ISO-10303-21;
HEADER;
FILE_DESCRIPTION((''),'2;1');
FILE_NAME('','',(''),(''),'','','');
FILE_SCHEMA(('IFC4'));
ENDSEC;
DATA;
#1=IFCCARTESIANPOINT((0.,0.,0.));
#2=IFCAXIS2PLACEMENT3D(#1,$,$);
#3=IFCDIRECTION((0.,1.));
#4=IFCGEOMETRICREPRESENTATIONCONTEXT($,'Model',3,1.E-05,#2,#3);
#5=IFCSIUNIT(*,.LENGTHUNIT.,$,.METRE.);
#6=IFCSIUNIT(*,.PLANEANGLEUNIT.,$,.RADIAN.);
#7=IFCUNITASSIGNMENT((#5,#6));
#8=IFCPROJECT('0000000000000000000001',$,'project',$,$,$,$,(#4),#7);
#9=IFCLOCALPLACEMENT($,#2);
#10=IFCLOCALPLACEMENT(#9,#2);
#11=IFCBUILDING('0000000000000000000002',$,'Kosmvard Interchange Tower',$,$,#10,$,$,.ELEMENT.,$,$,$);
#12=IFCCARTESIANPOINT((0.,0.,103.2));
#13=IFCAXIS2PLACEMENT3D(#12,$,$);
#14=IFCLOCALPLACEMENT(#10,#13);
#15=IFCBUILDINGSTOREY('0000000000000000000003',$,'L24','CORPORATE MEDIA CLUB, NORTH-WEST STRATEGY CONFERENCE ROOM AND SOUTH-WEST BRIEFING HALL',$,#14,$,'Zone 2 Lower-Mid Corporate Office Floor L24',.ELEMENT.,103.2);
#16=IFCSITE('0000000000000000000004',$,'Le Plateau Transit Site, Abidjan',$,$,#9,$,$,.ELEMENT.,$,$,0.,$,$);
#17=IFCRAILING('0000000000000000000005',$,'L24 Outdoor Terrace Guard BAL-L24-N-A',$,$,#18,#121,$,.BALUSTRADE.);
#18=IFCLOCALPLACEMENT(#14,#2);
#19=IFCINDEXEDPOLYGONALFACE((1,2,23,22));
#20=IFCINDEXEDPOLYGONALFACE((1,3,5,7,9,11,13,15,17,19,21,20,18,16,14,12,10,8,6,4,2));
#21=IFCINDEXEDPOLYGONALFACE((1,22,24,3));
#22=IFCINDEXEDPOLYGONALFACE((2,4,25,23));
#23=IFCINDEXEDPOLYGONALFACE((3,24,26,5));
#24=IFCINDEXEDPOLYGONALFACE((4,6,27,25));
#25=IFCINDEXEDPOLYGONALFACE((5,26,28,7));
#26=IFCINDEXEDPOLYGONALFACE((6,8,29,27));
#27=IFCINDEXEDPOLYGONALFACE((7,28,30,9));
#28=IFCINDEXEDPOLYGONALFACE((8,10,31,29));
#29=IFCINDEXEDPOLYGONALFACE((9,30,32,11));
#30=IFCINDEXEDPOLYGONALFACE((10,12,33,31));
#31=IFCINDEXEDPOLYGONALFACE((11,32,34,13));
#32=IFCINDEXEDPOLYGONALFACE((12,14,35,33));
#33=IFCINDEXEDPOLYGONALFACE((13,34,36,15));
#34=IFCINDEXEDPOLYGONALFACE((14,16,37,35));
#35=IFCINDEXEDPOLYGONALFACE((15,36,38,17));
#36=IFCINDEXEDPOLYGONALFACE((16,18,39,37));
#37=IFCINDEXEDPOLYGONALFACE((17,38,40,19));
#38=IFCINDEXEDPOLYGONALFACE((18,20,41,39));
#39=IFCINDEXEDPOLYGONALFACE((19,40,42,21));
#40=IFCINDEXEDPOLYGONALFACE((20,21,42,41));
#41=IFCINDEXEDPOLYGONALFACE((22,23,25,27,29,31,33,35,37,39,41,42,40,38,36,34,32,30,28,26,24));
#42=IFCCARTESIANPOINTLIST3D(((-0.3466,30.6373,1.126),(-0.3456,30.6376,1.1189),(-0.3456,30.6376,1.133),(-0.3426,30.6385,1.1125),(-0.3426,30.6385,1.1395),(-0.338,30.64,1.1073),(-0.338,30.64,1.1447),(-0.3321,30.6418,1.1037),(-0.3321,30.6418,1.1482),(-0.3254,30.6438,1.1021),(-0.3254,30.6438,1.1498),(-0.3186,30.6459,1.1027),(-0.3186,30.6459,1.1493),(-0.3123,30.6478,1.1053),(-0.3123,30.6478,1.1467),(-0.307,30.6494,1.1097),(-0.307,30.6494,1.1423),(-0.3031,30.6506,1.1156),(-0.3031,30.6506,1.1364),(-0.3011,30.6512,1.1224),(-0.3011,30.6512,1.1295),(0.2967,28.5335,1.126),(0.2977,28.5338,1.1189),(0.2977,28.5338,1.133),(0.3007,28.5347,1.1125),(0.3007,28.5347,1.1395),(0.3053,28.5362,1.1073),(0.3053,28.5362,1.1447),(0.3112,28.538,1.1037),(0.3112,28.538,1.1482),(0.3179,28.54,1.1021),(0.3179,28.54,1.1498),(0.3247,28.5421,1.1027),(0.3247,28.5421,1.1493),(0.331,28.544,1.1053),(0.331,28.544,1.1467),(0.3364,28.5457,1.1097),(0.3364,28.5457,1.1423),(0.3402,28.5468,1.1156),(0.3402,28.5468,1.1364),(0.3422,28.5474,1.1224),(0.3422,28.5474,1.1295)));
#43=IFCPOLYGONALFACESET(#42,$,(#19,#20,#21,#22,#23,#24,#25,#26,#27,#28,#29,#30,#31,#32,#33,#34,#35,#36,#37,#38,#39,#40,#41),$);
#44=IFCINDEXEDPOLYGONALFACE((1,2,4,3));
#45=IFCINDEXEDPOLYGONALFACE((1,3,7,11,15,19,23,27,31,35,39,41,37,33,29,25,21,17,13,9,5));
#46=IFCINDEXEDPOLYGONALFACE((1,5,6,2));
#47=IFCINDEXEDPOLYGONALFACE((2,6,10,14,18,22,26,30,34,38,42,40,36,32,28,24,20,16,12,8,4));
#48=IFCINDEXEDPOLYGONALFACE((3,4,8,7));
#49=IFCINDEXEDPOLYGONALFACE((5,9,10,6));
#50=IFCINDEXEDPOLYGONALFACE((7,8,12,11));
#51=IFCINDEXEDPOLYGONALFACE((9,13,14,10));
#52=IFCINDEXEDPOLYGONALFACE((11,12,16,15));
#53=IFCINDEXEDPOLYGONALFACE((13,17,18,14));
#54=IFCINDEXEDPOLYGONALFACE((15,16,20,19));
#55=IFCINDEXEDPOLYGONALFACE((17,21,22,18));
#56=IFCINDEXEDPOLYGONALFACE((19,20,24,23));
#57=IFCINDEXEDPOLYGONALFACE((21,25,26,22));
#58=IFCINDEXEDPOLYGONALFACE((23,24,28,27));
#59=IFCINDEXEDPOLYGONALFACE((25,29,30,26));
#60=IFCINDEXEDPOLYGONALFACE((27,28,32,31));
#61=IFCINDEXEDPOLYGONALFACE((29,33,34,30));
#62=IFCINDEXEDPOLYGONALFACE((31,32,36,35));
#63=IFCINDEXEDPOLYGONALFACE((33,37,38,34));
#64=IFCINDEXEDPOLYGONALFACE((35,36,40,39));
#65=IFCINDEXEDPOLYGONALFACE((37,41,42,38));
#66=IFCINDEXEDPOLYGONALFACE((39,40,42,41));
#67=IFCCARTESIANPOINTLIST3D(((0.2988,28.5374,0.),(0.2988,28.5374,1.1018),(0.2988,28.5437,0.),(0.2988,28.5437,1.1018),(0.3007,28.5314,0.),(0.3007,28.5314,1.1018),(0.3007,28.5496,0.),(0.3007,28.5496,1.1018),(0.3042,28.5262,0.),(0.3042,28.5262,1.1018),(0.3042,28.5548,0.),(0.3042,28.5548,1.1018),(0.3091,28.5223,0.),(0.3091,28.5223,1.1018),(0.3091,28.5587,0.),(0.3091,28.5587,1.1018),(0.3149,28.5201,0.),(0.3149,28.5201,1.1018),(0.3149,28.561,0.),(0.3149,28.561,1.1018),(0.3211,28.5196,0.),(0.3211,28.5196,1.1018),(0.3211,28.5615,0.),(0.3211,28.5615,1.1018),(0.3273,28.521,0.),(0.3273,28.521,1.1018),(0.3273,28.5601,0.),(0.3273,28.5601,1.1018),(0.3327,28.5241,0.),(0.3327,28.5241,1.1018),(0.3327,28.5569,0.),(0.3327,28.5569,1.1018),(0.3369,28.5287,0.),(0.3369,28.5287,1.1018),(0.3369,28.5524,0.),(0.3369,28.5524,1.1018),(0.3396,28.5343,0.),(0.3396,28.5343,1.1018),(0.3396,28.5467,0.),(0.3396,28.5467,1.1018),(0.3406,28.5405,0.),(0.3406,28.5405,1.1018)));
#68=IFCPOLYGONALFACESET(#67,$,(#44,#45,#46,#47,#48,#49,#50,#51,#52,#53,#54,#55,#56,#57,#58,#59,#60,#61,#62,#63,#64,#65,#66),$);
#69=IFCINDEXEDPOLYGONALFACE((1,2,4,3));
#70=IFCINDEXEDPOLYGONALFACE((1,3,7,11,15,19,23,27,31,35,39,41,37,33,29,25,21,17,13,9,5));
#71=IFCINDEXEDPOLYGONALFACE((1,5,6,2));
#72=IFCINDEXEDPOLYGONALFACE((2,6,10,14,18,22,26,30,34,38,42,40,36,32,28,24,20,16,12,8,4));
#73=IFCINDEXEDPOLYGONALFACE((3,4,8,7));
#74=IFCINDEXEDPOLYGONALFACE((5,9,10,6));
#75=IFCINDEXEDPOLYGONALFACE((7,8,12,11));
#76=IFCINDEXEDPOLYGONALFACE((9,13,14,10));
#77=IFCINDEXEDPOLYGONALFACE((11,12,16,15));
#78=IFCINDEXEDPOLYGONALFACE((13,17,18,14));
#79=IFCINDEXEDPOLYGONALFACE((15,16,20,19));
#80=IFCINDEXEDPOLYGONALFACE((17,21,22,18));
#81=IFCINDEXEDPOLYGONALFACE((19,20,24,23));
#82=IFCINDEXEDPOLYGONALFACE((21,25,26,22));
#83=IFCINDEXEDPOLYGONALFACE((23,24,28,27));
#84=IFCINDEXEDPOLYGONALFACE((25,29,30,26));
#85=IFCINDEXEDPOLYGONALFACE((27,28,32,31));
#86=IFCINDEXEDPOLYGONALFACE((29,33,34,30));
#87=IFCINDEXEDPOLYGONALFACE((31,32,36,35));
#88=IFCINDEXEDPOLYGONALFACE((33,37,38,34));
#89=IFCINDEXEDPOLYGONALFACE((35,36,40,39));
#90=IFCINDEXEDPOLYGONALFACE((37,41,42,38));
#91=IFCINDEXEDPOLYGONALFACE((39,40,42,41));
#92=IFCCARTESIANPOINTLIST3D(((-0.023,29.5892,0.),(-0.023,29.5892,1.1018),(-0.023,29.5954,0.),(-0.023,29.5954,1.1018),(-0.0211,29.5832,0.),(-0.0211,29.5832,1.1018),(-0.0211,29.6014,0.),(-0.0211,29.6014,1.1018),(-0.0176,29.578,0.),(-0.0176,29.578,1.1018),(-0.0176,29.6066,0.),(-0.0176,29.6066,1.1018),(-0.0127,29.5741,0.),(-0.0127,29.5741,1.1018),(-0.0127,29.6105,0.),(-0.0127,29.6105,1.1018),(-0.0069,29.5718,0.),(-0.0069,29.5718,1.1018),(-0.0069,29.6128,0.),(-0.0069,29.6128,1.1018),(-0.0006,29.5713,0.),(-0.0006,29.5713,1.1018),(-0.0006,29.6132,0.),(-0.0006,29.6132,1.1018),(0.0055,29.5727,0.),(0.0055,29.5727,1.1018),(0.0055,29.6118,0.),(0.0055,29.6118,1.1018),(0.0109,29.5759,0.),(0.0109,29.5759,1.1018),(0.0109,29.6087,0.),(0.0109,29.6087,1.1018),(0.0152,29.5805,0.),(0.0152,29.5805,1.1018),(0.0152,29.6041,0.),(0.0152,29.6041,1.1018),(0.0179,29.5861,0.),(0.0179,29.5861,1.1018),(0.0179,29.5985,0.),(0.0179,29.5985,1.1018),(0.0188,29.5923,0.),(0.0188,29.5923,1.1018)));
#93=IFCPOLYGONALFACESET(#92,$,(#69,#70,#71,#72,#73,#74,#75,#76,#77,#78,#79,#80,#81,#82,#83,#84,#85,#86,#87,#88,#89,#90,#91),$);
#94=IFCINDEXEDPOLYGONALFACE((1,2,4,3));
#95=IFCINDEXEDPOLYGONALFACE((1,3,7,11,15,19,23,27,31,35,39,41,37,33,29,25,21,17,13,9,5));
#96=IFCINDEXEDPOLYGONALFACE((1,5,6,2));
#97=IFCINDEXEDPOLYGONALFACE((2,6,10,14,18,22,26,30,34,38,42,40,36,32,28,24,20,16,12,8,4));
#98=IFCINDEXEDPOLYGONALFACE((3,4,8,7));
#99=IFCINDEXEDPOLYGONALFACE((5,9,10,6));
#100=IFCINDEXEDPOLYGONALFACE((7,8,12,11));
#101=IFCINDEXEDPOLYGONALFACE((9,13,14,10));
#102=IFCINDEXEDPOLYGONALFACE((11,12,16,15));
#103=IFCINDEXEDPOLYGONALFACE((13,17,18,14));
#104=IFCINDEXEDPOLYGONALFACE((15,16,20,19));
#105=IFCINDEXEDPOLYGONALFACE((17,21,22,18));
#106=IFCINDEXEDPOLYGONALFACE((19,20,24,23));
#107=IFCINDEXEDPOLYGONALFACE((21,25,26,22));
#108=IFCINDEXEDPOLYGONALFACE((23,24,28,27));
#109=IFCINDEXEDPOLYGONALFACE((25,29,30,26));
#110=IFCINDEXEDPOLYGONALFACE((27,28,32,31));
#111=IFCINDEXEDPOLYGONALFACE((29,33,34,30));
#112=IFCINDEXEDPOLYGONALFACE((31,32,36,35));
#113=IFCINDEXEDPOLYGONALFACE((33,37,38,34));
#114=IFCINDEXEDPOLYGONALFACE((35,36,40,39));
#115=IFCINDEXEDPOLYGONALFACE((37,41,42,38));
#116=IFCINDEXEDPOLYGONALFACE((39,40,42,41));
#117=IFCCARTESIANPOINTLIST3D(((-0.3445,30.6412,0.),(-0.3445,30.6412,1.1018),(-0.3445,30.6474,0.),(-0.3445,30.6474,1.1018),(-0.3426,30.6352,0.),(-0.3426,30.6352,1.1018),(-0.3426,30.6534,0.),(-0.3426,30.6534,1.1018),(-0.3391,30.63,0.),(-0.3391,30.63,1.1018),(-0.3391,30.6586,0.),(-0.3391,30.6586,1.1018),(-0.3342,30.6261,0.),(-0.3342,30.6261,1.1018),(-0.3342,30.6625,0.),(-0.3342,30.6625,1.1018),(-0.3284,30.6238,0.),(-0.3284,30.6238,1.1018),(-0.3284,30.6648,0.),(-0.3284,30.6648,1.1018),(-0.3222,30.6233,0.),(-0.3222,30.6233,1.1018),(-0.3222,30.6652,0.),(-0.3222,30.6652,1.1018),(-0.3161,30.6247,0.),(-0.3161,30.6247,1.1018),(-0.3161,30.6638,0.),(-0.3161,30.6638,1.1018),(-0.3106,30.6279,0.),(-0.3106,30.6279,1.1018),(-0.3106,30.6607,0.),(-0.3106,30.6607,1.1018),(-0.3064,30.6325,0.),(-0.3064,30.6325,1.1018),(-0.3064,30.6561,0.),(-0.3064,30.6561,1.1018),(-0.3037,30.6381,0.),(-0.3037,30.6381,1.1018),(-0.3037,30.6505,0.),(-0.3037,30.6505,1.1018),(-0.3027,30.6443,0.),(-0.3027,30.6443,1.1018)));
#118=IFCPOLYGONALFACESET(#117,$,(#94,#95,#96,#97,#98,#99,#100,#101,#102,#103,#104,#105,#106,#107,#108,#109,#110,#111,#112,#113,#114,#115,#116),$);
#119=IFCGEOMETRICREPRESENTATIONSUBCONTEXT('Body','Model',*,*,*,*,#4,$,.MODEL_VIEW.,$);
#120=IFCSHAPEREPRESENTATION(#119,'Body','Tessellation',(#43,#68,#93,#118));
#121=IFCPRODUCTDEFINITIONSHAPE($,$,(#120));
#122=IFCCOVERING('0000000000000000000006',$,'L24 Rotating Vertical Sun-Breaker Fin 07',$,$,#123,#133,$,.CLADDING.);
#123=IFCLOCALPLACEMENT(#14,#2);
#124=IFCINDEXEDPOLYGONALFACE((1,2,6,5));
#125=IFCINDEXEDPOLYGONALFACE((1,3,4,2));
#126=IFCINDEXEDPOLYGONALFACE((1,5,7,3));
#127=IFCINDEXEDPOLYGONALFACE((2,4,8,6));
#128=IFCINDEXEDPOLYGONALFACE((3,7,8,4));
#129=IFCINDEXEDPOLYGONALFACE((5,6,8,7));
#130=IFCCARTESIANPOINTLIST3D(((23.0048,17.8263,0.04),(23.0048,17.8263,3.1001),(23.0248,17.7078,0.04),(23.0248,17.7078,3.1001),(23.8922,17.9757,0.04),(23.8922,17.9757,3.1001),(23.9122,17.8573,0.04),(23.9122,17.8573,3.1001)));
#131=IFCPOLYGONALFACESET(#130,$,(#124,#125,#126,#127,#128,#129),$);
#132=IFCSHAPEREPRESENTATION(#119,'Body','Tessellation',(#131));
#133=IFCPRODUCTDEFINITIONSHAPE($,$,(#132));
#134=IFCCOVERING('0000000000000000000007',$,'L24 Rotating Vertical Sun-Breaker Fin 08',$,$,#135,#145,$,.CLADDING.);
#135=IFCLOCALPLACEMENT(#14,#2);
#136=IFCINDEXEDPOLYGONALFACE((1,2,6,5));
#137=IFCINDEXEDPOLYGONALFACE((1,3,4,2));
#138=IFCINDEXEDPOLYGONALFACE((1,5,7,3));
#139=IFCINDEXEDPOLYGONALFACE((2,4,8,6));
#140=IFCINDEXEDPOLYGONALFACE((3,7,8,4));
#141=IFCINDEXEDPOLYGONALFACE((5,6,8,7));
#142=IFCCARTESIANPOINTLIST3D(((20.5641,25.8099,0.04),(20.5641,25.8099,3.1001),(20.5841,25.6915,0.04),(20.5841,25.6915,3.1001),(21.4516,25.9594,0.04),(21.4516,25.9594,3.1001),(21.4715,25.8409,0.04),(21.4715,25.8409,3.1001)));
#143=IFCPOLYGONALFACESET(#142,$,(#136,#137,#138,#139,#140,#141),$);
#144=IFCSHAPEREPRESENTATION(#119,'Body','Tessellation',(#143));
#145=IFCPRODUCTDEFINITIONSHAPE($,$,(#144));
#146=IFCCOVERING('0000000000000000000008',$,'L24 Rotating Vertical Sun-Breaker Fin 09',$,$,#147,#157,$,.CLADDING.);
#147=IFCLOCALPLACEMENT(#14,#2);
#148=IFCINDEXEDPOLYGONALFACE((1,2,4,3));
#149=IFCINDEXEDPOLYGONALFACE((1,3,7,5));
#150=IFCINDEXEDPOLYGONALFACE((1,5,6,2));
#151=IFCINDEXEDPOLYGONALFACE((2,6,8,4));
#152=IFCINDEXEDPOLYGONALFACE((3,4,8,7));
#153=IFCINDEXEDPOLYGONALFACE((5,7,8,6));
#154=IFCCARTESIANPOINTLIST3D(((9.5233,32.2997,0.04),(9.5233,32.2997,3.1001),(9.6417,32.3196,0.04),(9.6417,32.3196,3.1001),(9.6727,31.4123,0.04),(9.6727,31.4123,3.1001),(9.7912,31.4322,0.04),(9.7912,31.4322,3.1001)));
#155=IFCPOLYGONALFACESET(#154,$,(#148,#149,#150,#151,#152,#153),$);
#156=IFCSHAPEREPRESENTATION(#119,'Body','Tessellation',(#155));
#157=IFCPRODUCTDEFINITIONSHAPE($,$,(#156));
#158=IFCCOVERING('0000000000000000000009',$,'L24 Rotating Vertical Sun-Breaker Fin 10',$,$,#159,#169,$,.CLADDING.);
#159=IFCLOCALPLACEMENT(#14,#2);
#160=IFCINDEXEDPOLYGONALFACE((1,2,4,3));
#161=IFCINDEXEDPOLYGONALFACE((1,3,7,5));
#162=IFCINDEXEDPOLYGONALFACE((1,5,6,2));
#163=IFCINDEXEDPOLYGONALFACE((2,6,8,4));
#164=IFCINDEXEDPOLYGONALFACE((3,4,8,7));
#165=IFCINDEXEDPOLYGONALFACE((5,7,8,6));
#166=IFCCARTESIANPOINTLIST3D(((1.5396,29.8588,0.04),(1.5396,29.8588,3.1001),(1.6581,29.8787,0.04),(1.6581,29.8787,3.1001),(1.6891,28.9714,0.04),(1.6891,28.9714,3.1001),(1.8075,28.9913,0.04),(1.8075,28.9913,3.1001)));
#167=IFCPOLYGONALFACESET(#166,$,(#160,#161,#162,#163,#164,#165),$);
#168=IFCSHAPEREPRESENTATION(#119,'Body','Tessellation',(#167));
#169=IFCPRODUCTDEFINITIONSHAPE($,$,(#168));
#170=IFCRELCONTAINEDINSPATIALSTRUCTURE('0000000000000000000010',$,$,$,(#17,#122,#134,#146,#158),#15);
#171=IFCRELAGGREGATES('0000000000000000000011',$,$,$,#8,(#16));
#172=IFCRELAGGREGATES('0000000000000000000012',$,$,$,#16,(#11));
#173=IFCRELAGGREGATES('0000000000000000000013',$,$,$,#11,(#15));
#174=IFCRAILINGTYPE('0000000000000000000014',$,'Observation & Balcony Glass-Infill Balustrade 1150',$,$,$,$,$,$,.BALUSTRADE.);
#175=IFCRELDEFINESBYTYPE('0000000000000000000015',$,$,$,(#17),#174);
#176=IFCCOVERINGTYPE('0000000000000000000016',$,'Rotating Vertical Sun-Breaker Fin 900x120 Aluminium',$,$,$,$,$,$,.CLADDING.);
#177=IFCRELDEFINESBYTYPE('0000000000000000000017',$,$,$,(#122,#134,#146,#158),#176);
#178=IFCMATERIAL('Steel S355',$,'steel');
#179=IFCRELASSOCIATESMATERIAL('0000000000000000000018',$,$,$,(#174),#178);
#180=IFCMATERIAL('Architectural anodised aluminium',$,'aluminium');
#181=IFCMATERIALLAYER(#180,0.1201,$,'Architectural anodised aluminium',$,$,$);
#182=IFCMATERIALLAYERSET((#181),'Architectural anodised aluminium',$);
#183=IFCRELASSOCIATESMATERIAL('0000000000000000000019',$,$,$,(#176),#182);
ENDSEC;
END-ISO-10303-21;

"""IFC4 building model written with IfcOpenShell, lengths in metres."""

from ifc_helpers import new_model, si_unit, direction, frame, origin, origin_2d, place, context, subcontext, project, spatial, rectangle, circle, extrude, source, transform, mapped, material, layer, layer_set, type_object, element, save


model = new_model("IFC4")

# Units and contexts
model_context = context("Model", 3, precision=1e-05, world=origin(), true_north=direction((0.0, 1.0)))
body_context = subcontext(model_context, "Body", "Model", "MODEL_VIEW")
ifc_project = project(units=[si_unit("LENGTHUNIT", "METRE"), si_unit("PLANEANGLEUNIT", "RADIAN")], contexts=[model_context])

# Site, building, storey
site_placement = place(None, origin())
site = spatial("IfcSite", under=ifc_project, at=site_placement, Name="Le Plateau Transit Site, Abidjan", CompositionType="ELEMENT", RefElevation=0.0)
building_placement = place(site_placement, origin())
building = spatial("IfcBuilding", under=site, at=building_placement, Name="Kosmvard Interchange Tower", CompositionType="ELEMENT")
storey_placement = place(building_placement, frame((0.0, 0.0, 103.2)))
storey = spatial("IfcBuildingStorey", under=building, at=storey_placement, Name="L24", Description="CORPORATE MEDIA CLUB, NORTH-WEST STRATEGY CONFERENCE ROOM AND SOUTH-WEST BRIEFING HALL", LongName="Zone 2 Lower-Mid Corporate Office Floor L24", CompositionType="ELEMENT", Elevation=103.2)

# Shared definitions
ifc_material_1 = material(Name="Steel S355", Category="steel")

# Railing
railing_type = type_object("IfcRailingType", Name="Observation & Balcony Glass-Infill Balustrade 1150", PredefinedType="BALUSTRADE", material=ifc_material_1)
shared_shape_1 = source(origin(), body_context, "Body", "SweptSolid", [
    extrude(circle(Radius=0.0239, at=origin_2d()), frame((0.0, 0.0, 1.126), z_axis=(-0.292424, 0.956289, 0.0), x_axis=(-0.956289, -0.292424, 0.0)), (0.0, 0.0, 1.0), 2.2),
    extrude(circle(Radius=0.021, at=origin_2d()), origin(), (0.0, 0.0, 1.0), 1.1018),
    extrude(circle(Radius=0.021, at=origin_2d()), frame((-0.3218, 1.0518, 0.0)), (0.0, 0.0, 1.0), 1.1018),
    extrude(circle(Radius=0.021, at=origin_2d()), frame((-0.6433, 2.1038, 0.0)), (0.0, 0.0, 1.0), 1.1018),
])
railing_1_placement = place(storey_placement, frame((0.3196, 28.5405, 0.0)))
element("IfcRailing", 1, at=railing_1_placement, inside=storey, type_object=railing_type, Name="L24 Outdoor Terrace Guard BAL-L24-N-A", PredefinedType="BALUSTRADE", context=body_context, shape_type="MappedRepresentation", body=[
    mapped(shared_shape_1, transform((0.0, 0.0, 0.0), scale=1.0)),
])

# Coverings
ifc_material_2 = material(Name="Architectural anodised aluminium", Category="aluminium")
ifc_layer_1 = layer(ifc_material_2, 0.1201, Name="Architectural anodised aluminium")
ifc_layer_set_1 = layer_set([ifc_layer_1], Name="Architectural anodised aluminium")
covering_type = type_object("IfcCoveringType", Name="Rotating Vertical Sun-Breaker Fin 900x120 Aluminium", PredefinedType="CLADDING", material=ifc_layer_set_1)
shared_shape_2 = source(origin(), body_context, "Body", "SweptSolid", [
    extrude(rectangle(XDim=0.8999, YDim=0.1201, at=origin_2d()), origin(), (0.0, 0.0, 1.0), 3.0601),
])
for number, where, z_axis, x_axis, name in (
    (2, (23.4585, 17.8418, 0.04), (0.0, 0.0, 1.0), (0.986112, 0.16608, 0.0), "L24 Rotating Vertical Sun-Breaker Fin 07"),
    (3, (21.0178, 25.8254, 0.04), (0.0, 0.0, 1.0), (0.986112, 0.16608, 0.0), "L24 Rotating Vertical Sun-Breaker Fin 08"),
    (4, (9.6572, 31.866, 0.04), (0.0, 0.0, 1.0), (-0.16608, 0.986112, 0.0), "L24 Rotating Vertical Sun-Breaker Fin 09"),
    (5, (1.6736, 29.425, 0.04), (0.0, 0.0, 1.0), (-0.16608, 0.986112, 0.0), "L24 Rotating Vertical Sun-Breaker Fin 10"),
):
    element("IfcCovering", number, at=place(storey_placement, frame(where, z_axis=z_axis, x_axis=x_axis)), inside=storey, type_object=covering_type, Name=name, PredefinedType="CLADDING", context=body_context, shape_type="MappedRepresentation", body=[
        mapped(shared_shape_2, transform((0.0, 0.0, 0.0), scale=1.0)),
    ])

save(model, "model.ifc")
